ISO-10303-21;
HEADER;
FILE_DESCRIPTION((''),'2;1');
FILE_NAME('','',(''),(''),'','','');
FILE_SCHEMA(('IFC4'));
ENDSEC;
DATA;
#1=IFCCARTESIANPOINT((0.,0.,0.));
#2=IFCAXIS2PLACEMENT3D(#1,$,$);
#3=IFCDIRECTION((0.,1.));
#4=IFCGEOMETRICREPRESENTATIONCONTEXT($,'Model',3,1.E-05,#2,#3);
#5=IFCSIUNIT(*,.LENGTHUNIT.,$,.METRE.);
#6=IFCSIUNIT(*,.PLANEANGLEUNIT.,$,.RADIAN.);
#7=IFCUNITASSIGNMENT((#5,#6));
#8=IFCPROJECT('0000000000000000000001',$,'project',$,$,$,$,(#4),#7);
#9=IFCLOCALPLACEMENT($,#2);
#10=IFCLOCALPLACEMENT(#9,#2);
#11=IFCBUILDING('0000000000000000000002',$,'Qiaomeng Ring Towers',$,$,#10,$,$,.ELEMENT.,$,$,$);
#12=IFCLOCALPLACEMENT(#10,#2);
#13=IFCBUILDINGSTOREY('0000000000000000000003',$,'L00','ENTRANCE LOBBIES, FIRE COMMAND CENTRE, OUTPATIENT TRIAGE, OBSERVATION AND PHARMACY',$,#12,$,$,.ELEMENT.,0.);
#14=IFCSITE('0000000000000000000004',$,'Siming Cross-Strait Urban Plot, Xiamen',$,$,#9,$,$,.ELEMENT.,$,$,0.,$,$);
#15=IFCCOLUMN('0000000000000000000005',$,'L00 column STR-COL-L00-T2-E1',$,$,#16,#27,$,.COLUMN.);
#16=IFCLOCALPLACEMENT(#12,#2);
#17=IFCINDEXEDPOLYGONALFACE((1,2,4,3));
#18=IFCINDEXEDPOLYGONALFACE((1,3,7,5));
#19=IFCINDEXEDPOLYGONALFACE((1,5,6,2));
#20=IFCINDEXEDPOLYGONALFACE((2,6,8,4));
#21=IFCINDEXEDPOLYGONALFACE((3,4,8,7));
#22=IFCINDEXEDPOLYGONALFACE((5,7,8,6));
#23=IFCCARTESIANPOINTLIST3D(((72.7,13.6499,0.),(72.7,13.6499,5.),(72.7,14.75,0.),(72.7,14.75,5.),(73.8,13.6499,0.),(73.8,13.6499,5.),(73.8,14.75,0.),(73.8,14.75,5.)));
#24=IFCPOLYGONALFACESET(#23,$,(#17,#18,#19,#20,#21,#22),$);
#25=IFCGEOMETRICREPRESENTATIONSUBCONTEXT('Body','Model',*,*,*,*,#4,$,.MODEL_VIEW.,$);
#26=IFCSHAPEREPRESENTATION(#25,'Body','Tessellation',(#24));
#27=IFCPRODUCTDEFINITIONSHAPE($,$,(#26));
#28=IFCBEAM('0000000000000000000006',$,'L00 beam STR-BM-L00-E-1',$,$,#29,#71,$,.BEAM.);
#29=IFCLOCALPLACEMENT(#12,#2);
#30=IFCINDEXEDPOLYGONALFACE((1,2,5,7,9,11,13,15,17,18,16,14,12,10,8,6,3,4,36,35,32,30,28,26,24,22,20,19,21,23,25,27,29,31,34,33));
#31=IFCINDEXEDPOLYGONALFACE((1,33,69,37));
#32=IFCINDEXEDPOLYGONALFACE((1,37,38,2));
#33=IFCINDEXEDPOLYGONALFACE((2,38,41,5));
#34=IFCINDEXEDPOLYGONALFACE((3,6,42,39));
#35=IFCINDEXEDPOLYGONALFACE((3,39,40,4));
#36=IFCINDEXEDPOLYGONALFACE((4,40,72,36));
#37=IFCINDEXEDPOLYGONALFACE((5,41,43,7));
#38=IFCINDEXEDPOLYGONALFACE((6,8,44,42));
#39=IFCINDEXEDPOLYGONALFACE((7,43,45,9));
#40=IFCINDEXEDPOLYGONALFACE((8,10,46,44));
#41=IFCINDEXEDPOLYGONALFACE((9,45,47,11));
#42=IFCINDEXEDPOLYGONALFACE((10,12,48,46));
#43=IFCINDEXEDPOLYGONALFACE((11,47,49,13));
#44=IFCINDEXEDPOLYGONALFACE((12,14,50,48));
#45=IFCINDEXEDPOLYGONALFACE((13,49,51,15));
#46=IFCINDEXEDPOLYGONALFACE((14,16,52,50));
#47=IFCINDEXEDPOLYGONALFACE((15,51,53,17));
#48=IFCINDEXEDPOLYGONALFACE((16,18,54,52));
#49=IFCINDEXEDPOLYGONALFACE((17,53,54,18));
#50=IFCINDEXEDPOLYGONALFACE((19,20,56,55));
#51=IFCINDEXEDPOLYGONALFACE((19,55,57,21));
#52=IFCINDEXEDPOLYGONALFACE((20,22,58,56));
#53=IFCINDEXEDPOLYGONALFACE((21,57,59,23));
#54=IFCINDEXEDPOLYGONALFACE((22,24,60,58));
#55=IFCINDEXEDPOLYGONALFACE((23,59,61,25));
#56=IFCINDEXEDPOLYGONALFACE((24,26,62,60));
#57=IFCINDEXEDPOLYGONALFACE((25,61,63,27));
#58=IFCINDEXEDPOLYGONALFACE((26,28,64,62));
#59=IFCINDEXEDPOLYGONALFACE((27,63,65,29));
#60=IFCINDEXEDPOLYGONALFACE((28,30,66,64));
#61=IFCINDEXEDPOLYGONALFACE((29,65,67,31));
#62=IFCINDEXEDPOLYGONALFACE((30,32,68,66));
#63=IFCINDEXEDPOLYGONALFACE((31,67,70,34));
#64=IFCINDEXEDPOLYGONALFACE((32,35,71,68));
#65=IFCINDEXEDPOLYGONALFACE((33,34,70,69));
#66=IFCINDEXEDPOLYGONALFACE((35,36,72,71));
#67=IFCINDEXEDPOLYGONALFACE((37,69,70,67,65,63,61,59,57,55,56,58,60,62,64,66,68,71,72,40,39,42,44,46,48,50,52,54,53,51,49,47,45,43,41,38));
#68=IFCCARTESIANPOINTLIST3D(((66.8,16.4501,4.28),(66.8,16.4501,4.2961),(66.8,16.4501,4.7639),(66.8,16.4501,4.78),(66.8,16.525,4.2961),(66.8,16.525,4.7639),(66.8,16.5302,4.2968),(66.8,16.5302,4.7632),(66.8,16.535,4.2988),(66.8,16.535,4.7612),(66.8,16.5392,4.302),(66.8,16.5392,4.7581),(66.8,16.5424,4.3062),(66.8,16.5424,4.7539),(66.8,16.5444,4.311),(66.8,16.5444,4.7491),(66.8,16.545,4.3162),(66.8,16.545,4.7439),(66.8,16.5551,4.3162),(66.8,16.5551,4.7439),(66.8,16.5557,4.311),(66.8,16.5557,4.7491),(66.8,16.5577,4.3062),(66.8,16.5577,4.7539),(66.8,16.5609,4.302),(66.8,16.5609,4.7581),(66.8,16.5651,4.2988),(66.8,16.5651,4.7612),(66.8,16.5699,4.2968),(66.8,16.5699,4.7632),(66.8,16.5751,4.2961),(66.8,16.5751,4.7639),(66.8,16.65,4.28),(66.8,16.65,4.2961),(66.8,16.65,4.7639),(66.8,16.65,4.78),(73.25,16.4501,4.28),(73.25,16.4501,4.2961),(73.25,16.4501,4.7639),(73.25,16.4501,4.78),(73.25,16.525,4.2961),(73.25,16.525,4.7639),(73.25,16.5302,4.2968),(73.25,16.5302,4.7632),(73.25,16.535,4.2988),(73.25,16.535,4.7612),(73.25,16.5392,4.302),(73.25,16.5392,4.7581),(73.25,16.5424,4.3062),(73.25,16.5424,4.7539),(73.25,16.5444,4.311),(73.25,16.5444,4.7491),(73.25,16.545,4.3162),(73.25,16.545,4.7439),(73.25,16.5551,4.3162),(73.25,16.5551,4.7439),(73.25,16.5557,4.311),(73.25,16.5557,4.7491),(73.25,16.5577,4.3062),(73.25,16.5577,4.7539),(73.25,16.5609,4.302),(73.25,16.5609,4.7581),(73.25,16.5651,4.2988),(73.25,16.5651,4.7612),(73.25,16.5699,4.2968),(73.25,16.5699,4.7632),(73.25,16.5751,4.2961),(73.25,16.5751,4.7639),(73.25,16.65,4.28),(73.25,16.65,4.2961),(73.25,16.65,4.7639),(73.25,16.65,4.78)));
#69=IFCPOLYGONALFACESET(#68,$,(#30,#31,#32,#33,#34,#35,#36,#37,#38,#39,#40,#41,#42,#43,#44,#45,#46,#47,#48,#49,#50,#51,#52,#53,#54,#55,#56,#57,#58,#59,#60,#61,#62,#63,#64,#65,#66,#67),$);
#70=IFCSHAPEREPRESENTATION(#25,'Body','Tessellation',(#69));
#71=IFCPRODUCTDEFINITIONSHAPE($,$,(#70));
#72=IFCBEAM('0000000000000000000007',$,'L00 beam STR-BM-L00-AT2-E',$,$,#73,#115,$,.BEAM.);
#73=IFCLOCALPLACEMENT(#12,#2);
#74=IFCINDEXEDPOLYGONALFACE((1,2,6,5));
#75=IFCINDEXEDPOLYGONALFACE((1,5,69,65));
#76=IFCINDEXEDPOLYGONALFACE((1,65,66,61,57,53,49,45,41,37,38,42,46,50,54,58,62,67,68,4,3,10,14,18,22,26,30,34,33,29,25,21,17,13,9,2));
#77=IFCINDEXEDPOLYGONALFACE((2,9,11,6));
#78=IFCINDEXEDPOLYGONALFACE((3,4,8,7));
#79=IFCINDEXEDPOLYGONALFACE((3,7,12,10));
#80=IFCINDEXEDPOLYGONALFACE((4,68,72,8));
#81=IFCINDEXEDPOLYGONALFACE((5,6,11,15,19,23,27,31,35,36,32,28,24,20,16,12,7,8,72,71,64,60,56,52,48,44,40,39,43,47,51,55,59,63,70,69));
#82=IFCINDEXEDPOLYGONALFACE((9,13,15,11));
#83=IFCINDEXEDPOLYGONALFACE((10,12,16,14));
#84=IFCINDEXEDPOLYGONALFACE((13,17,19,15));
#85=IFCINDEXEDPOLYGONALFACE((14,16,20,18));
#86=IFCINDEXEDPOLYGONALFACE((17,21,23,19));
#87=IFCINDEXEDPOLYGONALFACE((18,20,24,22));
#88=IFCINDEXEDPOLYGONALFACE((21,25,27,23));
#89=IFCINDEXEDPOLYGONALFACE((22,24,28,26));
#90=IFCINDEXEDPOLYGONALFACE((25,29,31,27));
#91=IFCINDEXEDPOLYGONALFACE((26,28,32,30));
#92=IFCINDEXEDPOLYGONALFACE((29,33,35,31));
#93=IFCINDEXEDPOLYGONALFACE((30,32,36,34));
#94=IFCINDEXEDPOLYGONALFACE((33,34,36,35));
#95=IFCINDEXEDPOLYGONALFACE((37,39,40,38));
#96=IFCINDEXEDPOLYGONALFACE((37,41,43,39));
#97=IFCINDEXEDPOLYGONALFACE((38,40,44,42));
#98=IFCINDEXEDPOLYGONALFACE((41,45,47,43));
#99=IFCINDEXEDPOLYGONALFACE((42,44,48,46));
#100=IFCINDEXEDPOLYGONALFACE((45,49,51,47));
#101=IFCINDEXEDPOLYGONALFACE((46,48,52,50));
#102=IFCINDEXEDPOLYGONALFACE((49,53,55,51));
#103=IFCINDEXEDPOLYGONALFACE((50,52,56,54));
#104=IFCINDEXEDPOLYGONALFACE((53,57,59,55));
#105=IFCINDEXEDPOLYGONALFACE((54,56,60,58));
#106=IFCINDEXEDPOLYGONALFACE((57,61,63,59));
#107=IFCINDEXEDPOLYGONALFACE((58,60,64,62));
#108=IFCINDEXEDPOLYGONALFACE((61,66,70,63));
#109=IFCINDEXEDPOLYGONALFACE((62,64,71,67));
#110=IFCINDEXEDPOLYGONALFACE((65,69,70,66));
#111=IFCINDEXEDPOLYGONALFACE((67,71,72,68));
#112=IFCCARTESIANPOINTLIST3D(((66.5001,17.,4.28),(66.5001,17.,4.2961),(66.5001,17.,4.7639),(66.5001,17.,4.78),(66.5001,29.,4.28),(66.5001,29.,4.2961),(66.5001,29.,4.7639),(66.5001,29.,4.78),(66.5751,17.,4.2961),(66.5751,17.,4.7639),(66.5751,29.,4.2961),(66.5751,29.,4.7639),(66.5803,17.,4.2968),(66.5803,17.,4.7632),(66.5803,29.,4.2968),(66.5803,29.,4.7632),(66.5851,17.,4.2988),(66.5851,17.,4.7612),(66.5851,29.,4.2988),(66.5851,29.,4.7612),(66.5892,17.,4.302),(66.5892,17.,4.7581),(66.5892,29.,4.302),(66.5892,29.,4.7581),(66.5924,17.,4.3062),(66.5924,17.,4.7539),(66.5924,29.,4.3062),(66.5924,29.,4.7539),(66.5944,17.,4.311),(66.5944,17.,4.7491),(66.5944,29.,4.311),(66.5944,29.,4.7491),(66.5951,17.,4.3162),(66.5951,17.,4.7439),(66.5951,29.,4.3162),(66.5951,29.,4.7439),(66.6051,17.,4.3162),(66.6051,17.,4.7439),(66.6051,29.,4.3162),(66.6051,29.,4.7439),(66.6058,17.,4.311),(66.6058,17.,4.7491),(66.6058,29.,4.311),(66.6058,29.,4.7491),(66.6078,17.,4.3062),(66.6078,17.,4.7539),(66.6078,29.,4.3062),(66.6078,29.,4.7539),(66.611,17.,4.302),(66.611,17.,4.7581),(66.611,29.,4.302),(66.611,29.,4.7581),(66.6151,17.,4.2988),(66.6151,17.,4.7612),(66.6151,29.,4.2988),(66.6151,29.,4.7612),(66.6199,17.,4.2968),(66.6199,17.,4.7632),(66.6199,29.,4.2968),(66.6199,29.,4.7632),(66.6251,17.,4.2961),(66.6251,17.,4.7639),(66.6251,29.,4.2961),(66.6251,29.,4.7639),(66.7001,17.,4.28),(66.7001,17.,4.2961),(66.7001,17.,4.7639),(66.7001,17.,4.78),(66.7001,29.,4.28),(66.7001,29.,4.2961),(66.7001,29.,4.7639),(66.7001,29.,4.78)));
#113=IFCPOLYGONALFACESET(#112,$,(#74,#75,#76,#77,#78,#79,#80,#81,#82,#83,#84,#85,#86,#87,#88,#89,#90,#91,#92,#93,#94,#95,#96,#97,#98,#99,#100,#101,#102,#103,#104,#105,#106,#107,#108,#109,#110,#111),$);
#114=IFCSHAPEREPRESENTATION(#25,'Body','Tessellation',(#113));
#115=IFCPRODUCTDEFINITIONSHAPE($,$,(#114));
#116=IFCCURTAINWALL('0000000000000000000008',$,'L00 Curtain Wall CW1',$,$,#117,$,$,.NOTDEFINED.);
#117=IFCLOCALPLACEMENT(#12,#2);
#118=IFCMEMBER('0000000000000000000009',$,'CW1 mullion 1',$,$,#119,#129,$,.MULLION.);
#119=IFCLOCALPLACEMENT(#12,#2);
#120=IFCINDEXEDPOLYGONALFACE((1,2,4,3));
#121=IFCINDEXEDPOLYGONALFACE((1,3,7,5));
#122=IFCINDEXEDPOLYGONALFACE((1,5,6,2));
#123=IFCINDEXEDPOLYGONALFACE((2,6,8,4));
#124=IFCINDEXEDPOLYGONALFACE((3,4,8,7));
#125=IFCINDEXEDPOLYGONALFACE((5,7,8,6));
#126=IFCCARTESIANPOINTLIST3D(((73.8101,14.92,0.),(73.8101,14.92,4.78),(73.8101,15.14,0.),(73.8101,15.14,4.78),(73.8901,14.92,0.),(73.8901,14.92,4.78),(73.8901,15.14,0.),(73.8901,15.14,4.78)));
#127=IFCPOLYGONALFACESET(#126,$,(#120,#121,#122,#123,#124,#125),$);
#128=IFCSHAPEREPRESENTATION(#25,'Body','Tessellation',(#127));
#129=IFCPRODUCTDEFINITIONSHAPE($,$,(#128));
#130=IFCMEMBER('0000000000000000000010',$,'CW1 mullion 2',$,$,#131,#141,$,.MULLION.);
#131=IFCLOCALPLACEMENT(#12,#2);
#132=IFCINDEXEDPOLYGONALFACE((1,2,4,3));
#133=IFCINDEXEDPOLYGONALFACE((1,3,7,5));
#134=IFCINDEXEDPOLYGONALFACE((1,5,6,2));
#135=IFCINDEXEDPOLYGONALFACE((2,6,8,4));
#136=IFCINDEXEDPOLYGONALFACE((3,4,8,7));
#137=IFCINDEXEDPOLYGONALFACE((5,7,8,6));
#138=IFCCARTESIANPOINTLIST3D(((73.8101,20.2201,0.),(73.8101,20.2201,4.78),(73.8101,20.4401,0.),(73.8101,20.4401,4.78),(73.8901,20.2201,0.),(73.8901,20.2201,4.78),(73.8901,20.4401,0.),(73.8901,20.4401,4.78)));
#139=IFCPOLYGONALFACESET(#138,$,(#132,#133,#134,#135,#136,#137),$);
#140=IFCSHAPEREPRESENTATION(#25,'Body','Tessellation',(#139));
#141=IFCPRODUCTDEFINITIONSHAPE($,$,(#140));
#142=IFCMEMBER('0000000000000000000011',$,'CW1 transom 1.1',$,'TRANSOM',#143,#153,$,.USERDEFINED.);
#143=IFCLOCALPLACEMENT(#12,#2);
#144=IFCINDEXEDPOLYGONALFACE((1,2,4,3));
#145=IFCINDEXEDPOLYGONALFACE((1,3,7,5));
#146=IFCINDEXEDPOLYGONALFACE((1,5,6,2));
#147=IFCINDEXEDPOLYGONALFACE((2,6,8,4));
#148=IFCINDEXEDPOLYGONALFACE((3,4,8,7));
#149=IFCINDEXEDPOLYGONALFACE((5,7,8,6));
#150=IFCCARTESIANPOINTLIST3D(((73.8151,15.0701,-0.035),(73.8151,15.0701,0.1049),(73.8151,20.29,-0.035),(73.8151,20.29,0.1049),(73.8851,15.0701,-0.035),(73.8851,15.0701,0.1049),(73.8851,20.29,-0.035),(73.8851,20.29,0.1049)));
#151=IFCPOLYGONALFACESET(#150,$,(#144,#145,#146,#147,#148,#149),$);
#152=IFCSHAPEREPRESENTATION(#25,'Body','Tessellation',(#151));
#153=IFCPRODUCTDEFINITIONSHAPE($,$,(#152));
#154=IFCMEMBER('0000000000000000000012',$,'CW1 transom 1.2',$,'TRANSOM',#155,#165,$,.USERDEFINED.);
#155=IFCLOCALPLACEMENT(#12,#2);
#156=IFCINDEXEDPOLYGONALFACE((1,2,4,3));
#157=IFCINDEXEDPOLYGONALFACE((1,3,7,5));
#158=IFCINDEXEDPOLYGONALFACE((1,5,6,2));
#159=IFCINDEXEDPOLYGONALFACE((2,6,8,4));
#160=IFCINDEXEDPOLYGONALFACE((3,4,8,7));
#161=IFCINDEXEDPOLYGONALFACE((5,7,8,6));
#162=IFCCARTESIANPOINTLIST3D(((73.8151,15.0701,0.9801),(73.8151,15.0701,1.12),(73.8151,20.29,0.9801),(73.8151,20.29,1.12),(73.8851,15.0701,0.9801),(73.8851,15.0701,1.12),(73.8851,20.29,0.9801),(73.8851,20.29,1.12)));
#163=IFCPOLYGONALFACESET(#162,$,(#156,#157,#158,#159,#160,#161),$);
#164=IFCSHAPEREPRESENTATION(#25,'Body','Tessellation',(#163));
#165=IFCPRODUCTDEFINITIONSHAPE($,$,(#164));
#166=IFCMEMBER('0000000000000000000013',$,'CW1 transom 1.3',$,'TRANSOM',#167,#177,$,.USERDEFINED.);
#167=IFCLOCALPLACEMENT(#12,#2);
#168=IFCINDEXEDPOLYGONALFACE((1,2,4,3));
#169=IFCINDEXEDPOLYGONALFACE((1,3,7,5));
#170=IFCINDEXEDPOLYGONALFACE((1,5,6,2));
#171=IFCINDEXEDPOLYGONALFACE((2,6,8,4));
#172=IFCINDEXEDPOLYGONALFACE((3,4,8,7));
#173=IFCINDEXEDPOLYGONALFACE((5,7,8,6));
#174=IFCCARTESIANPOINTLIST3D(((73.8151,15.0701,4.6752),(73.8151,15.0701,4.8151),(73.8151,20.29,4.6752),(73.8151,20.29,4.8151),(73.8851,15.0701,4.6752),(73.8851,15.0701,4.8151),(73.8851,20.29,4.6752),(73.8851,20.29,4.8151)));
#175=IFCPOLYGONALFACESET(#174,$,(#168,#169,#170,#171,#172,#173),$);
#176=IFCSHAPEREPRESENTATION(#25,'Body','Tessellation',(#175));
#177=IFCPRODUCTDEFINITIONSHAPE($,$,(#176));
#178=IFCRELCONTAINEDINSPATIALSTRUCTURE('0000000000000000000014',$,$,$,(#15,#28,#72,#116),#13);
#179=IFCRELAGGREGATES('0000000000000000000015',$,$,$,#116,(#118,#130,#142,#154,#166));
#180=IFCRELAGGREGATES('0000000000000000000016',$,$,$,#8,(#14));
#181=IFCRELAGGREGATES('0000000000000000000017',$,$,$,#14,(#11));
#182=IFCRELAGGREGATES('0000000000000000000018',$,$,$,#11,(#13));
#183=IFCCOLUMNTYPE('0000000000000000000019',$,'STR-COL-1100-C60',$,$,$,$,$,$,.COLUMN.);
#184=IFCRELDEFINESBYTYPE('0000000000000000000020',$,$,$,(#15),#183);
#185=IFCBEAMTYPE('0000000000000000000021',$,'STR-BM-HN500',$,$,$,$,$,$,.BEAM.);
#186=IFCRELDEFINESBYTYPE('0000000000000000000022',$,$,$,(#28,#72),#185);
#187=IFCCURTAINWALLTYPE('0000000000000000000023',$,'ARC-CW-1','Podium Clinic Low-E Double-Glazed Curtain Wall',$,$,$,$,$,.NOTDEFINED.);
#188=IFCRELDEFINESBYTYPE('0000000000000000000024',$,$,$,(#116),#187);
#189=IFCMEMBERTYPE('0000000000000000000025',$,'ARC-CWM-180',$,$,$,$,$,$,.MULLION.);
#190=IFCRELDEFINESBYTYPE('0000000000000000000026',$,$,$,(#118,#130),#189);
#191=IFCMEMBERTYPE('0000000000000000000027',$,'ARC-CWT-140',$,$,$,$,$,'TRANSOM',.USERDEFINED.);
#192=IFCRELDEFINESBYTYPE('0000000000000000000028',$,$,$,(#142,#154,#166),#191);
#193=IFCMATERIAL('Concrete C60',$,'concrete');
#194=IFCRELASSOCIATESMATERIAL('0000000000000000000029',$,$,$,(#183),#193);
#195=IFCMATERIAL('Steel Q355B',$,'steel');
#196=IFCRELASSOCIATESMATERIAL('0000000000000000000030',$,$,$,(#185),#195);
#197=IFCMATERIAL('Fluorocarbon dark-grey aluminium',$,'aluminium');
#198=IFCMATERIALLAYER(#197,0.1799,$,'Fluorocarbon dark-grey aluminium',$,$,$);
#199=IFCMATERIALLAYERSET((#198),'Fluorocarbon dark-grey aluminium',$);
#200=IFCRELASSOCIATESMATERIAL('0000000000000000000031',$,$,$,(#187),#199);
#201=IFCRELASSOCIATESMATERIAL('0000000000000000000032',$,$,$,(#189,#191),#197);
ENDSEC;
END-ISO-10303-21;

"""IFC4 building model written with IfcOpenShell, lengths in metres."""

from ifc_helpers import new_model, si_unit, direction, frame, origin, origin_2d, place, context, subcontext, project, spatial, rectangle, i_section, extrude, source, transform, mapped, material, layer, layer_set, material_profile, profile_set, type_object, element, aggregate, save


model = new_model("IFC4")

# Units and contexts
model_context = context("Model", 3, precision=1e-05, world=origin(), true_north=direction((0.0, 1.0)))
body_context = subcontext(model_context, "Body", "Model", "MODEL_VIEW")
ifc_project = project(units=[si_unit("LENGTHUNIT", "METRE"), si_unit("PLANEANGLEUNIT", "RADIAN")], contexts=[model_context])

# Site, building, storey
site_placement = place(None, origin())
site = spatial("IfcSite", under=ifc_project, at=site_placement, Name="Siming Cross-Strait Urban Plot, Xiamen", CompositionType="ELEMENT", RefElevation=0.0)
building_placement = place(site_placement, origin())
building = spatial("IfcBuilding", under=site, at=building_placement, Name="Qiaomeng Ring Towers", CompositionType="ELEMENT")
storey_placement = place(building_placement, origin())
storey = spatial("IfcBuildingStorey", under=building, at=storey_placement, Name="L00", Description="ENTRANCE LOBBIES, FIRE COMMAND CENTRE, OUTPATIENT TRIAGE, OBSERVATION AND PHARMACY", CompositionType="ELEMENT", Elevation=0.0)

# Column
ifc_material_1 = material(Name="Concrete C60", Category="concrete")
ifc_material_profile_1 = material_profile(ifc_material_1, rectangle(XDim=1.1001, YDim=1.1001, at=origin_2d()), Name="RC COL 1100x1100")
ifc_profile_set_1 = profile_set([ifc_material_profile_1], Name="Concrete C60")
column_type = type_object("IfcColumnType", Name="STR-COL-1100-C60", PredefinedType="COLUMN", material=ifc_profile_set_1)
shared_shape_1 = source(origin(), body_context, "Body", "SweptSolid", [
    extrude(rectangle(XDim=1.1001, YDim=1.1001, at=origin_2d()), origin(), (0.0, 0.0, 1.0), 5.0),
])
column_placement = place(storey_placement, frame((73.25, 14.2, 0.0), z_axis=(0.0, 0.0, 1.0), x_axis=(1.0, 0.0, 0.0)))
element("IfcColumn", 1, at=column_placement, inside=storey, type_object=column_type, Name="L00 column STR-COL-L00-T2-E1", PredefinedType="COLUMN", context=body_context, shape_type="MappedRepresentation", body=[
    mapped(shared_shape_1, transform((0.0, 0.0, 0.0), x_axis=(1.0, 0.0, 0.0), y_axis=(0.0, 1.0, 0.0), z_axis=(0.0, 0.0, 1.0), scale=1.0)),
])

# Beams
ifc_material_2 = material(Name="Steel Q355B", Category="steel")
ifc_material_profile_2 = material_profile(ifc_material_2, i_section(OverallWidth=0.2, OverallDepth=0.5, WebThickness=0.01, FlangeThickness=0.0161, FilletRadius=0.02, at=origin_2d()), Name="HN 500x200x10x16")
ifc_profile_set_2 = profile_set([ifc_material_profile_2], Name="Steel Q355B")
beam_type = type_object("IfcBeamType", Name="STR-BM-HN500", PredefinedType="BEAM", material=ifc_profile_set_2)
shared_shape_2 = source(origin(), body_context, "Body", "SweptSolid", [
    extrude(i_section(OverallWidth=0.2, OverallDepth=0.5, WebThickness=0.01, FlangeThickness=0.0161, FilletRadius=0.02, at=origin_2d()), origin(), (0.0, 0.0, 1.0), 6.45),
])
beam_1_placement = place(storey_placement, frame((66.8, 16.55, 4.53), z_axis=(1.0, 0.0, 0.0), x_axis=(0.0, 1.0, 0.0)))
element("IfcBeam", 2, at=beam_1_placement, inside=storey, type_object=beam_type, Name="L00 beam STR-BM-L00-E-1", PredefinedType="BEAM", context=body_context, shape_type="MappedRepresentation", body=[
    mapped(shared_shape_2, transform((0.0, 0.0, 0.0), x_axis=(1.0, 0.0, 0.0), y_axis=(0.0, 1.0, 0.0), z_axis=(0.0, 0.0, 1.0), scale=1.0)),
])
shared_shape_3 = source(origin(), body_context, "Body", "SweptSolid", [
    extrude(i_section(OverallWidth=0.2, OverallDepth=0.5, WebThickness=0.01, FlangeThickness=0.0161, FilletRadius=0.02, at=origin_2d()), origin(), (0.0, 0.0, 1.0), 12.0),
])
beam_2_placement = place(storey_placement, frame((66.6001, 17.0, 4.53), z_axis=(0.0, 1.0, 0.0), x_axis=(-1.0, 0.0, 0.0)))
element("IfcBeam", 3, at=beam_2_placement, inside=storey, type_object=beam_type, Name="L00 beam STR-BM-L00-AT2-E", PredefinedType="BEAM", context=body_context, shape_type="MappedRepresentation", body=[
    mapped(shared_shape_3, transform((0.0, 0.0, 0.0), x_axis=(1.0, 0.0, 0.0), y_axis=(0.0, 1.0, 0.0), z_axis=(0.0, 0.0, 1.0), scale=1.0)),
])

# Curtain wall, members
ifc_material_3 = material(Name="Fluorocarbon dark-grey aluminium", Category="aluminium")
ifc_layer_1 = layer(ifc_material_3, 0.1799, Name="Fluorocarbon dark-grey aluminium")
ifc_layer_set_1 = layer_set([ifc_layer_1], Name="Fluorocarbon dark-grey aluminium")
curtain_wall_type = type_object("IfcCurtainWallType", Name="ARC-CW-1", Description="Podium Clinic Low-E Double-Glazed Curtain Wall", PredefinedType="NOTDEFINED", material=ifc_layer_set_1)
curtain_wall_placement = place(storey_placement, origin())
curtain_wall = element("IfcCurtainWall", 4, at=curtain_wall_placement, inside=storey, type_object=curtain_wall_type, Name="L00 Curtain Wall CW1", PredefinedType="NOTDEFINED")
ifc_material_profile_3 = material_profile(ifc_material_3, rectangle(XDim=0.0801, YDim=0.22, at=origin_2d()), Name="ALU MULL 80x220")
ifc_profile_set_3 = profile_set([ifc_material_profile_3], Name="Fluorocarbon dark-grey aluminium")
member_type_1 = type_object("IfcMemberType", Name="ARC-CWM-180", PredefinedType="MULLION", material=ifc_profile_set_3)
shared_shape_4 = source(origin(), body_context, "Body", "SweptSolid", [
    extrude(rectangle(XDim=0.0801, YDim=0.22, at=origin_2d()), origin(), (0.0, 0.0, 1.0), 4.78),
])
member_1_placement = place(storey_placement, frame((73.8501, 15.03, 0.0), z_axis=(0.0, 0.0, 1.0), x_axis=(-1.0, 0.0, 0.0)))
member_1 = element("IfcMember", 5, at=member_1_placement, type_object=member_type_1, Name="CW1 mullion 1", PredefinedType="MULLION", context=body_context, shape_type="MappedRepresentation", body=[
    mapped(shared_shape_4, transform((0.0, 0.0, 0.0), x_axis=(1.0, 0.0, 0.0), y_axis=(0.0, 1.0, 0.0), z_axis=(0.0, 0.0, 1.0), scale=1.0)),
])
member_2_placement = place(storey_placement, frame((73.8501, 20.3301, 0.0), z_axis=(0.0, 0.0, 1.0), x_axis=(-1.0, 0.0, 0.0)))
member_2 = element("IfcMember", 6, at=member_2_placement, type_object=member_type_1, Name="CW1 mullion 2", PredefinedType="MULLION", context=body_context, shape_type="MappedRepresentation", body=[
    mapped(shared_shape_4, transform((0.0, 0.0, 0.0), x_axis=(1.0, 0.0, 0.0), y_axis=(0.0, 1.0, 0.0), z_axis=(0.0, 0.0, 1.0), scale=1.0)),
])
ifc_material_profile_4 = material_profile(ifc_material_3, rectangle(XDim=0.0701, YDim=0.1399, at=origin_2d()), Name="ALU TRAN 70x140")
ifc_profile_set_4 = profile_set([ifc_material_profile_4], Name="Fluorocarbon dark-grey aluminium")
member_type_2 = type_object("IfcMemberType", Name="ARC-CWT-140", ElementType="TRANSOM", PredefinedType="USERDEFINED", material=ifc_profile_set_4)
shared_shape_5 = source(origin(), body_context, "Body", "SweptSolid", [
    extrude(rectangle(XDim=0.0701, YDim=0.1399, at=origin_2d()), origin(), (0.0, 0.0, 1.0), 5.22),
])
member_3_placement = place(storey_placement, frame((73.8501, 15.0701, 0.0349), z_axis=(0.0, 1.0, 0.0), x_axis=(-1.0, 0.0, 0.0)))
member_3 = element("IfcMember", 7, at=member_3_placement, type_object=member_type_2, Name="CW1 transom 1.1", ObjectType="TRANSOM", PredefinedType="USERDEFINED", context=body_context, shape_type="MappedRepresentation", body=[
    mapped(shared_shape_5, transform((0.0, 0.0, 0.0), x_axis=(1.0, 0.0, 0.0), y_axis=(0.0, 1.0, 0.0), z_axis=(0.0, 0.0, 1.0), scale=1.0)),
])
member_4_placement = place(storey_placement, frame((73.8501, 15.0701, 1.05), z_axis=(0.0, 1.0, 0.0), x_axis=(-1.0, 0.0, 0.0)))
member_4 = element("IfcMember", 8, at=member_4_placement, type_object=member_type_2, Name="CW1 transom 1.2", ObjectType="TRANSOM", PredefinedType="USERDEFINED", context=body_context, shape_type="MappedRepresentation", body=[
    mapped(shared_shape_5, transform((0.0, 0.0, 0.0), x_axis=(1.0, 0.0, 0.0), y_axis=(0.0, 1.0, 0.0), z_axis=(0.0, 0.0, 1.0), scale=1.0)),
])
member_5_placement = place(storey_placement, frame((73.8501, 15.0701, 4.7451), z_axis=(0.0, 1.0, 0.0), x_axis=(-1.0, 0.0, 0.0)))
member_5 = element("IfcMember", 9, at=member_5_placement, type_object=member_type_2, Name="CW1 transom 1.3", ObjectType="TRANSOM", PredefinedType="USERDEFINED", context=body_context, shape_type="MappedRepresentation", body=[
    mapped(shared_shape_5, transform((0.0, 0.0, 0.0), x_axis=(1.0, 0.0, 0.0), y_axis=(0.0, 1.0, 0.0), z_axis=(0.0, 0.0, 1.0), scale=1.0)),
])
aggregate(curtain_wall, [member_1, member_2, member_3, member_4, member_5])

save(model, "model.ifc")
